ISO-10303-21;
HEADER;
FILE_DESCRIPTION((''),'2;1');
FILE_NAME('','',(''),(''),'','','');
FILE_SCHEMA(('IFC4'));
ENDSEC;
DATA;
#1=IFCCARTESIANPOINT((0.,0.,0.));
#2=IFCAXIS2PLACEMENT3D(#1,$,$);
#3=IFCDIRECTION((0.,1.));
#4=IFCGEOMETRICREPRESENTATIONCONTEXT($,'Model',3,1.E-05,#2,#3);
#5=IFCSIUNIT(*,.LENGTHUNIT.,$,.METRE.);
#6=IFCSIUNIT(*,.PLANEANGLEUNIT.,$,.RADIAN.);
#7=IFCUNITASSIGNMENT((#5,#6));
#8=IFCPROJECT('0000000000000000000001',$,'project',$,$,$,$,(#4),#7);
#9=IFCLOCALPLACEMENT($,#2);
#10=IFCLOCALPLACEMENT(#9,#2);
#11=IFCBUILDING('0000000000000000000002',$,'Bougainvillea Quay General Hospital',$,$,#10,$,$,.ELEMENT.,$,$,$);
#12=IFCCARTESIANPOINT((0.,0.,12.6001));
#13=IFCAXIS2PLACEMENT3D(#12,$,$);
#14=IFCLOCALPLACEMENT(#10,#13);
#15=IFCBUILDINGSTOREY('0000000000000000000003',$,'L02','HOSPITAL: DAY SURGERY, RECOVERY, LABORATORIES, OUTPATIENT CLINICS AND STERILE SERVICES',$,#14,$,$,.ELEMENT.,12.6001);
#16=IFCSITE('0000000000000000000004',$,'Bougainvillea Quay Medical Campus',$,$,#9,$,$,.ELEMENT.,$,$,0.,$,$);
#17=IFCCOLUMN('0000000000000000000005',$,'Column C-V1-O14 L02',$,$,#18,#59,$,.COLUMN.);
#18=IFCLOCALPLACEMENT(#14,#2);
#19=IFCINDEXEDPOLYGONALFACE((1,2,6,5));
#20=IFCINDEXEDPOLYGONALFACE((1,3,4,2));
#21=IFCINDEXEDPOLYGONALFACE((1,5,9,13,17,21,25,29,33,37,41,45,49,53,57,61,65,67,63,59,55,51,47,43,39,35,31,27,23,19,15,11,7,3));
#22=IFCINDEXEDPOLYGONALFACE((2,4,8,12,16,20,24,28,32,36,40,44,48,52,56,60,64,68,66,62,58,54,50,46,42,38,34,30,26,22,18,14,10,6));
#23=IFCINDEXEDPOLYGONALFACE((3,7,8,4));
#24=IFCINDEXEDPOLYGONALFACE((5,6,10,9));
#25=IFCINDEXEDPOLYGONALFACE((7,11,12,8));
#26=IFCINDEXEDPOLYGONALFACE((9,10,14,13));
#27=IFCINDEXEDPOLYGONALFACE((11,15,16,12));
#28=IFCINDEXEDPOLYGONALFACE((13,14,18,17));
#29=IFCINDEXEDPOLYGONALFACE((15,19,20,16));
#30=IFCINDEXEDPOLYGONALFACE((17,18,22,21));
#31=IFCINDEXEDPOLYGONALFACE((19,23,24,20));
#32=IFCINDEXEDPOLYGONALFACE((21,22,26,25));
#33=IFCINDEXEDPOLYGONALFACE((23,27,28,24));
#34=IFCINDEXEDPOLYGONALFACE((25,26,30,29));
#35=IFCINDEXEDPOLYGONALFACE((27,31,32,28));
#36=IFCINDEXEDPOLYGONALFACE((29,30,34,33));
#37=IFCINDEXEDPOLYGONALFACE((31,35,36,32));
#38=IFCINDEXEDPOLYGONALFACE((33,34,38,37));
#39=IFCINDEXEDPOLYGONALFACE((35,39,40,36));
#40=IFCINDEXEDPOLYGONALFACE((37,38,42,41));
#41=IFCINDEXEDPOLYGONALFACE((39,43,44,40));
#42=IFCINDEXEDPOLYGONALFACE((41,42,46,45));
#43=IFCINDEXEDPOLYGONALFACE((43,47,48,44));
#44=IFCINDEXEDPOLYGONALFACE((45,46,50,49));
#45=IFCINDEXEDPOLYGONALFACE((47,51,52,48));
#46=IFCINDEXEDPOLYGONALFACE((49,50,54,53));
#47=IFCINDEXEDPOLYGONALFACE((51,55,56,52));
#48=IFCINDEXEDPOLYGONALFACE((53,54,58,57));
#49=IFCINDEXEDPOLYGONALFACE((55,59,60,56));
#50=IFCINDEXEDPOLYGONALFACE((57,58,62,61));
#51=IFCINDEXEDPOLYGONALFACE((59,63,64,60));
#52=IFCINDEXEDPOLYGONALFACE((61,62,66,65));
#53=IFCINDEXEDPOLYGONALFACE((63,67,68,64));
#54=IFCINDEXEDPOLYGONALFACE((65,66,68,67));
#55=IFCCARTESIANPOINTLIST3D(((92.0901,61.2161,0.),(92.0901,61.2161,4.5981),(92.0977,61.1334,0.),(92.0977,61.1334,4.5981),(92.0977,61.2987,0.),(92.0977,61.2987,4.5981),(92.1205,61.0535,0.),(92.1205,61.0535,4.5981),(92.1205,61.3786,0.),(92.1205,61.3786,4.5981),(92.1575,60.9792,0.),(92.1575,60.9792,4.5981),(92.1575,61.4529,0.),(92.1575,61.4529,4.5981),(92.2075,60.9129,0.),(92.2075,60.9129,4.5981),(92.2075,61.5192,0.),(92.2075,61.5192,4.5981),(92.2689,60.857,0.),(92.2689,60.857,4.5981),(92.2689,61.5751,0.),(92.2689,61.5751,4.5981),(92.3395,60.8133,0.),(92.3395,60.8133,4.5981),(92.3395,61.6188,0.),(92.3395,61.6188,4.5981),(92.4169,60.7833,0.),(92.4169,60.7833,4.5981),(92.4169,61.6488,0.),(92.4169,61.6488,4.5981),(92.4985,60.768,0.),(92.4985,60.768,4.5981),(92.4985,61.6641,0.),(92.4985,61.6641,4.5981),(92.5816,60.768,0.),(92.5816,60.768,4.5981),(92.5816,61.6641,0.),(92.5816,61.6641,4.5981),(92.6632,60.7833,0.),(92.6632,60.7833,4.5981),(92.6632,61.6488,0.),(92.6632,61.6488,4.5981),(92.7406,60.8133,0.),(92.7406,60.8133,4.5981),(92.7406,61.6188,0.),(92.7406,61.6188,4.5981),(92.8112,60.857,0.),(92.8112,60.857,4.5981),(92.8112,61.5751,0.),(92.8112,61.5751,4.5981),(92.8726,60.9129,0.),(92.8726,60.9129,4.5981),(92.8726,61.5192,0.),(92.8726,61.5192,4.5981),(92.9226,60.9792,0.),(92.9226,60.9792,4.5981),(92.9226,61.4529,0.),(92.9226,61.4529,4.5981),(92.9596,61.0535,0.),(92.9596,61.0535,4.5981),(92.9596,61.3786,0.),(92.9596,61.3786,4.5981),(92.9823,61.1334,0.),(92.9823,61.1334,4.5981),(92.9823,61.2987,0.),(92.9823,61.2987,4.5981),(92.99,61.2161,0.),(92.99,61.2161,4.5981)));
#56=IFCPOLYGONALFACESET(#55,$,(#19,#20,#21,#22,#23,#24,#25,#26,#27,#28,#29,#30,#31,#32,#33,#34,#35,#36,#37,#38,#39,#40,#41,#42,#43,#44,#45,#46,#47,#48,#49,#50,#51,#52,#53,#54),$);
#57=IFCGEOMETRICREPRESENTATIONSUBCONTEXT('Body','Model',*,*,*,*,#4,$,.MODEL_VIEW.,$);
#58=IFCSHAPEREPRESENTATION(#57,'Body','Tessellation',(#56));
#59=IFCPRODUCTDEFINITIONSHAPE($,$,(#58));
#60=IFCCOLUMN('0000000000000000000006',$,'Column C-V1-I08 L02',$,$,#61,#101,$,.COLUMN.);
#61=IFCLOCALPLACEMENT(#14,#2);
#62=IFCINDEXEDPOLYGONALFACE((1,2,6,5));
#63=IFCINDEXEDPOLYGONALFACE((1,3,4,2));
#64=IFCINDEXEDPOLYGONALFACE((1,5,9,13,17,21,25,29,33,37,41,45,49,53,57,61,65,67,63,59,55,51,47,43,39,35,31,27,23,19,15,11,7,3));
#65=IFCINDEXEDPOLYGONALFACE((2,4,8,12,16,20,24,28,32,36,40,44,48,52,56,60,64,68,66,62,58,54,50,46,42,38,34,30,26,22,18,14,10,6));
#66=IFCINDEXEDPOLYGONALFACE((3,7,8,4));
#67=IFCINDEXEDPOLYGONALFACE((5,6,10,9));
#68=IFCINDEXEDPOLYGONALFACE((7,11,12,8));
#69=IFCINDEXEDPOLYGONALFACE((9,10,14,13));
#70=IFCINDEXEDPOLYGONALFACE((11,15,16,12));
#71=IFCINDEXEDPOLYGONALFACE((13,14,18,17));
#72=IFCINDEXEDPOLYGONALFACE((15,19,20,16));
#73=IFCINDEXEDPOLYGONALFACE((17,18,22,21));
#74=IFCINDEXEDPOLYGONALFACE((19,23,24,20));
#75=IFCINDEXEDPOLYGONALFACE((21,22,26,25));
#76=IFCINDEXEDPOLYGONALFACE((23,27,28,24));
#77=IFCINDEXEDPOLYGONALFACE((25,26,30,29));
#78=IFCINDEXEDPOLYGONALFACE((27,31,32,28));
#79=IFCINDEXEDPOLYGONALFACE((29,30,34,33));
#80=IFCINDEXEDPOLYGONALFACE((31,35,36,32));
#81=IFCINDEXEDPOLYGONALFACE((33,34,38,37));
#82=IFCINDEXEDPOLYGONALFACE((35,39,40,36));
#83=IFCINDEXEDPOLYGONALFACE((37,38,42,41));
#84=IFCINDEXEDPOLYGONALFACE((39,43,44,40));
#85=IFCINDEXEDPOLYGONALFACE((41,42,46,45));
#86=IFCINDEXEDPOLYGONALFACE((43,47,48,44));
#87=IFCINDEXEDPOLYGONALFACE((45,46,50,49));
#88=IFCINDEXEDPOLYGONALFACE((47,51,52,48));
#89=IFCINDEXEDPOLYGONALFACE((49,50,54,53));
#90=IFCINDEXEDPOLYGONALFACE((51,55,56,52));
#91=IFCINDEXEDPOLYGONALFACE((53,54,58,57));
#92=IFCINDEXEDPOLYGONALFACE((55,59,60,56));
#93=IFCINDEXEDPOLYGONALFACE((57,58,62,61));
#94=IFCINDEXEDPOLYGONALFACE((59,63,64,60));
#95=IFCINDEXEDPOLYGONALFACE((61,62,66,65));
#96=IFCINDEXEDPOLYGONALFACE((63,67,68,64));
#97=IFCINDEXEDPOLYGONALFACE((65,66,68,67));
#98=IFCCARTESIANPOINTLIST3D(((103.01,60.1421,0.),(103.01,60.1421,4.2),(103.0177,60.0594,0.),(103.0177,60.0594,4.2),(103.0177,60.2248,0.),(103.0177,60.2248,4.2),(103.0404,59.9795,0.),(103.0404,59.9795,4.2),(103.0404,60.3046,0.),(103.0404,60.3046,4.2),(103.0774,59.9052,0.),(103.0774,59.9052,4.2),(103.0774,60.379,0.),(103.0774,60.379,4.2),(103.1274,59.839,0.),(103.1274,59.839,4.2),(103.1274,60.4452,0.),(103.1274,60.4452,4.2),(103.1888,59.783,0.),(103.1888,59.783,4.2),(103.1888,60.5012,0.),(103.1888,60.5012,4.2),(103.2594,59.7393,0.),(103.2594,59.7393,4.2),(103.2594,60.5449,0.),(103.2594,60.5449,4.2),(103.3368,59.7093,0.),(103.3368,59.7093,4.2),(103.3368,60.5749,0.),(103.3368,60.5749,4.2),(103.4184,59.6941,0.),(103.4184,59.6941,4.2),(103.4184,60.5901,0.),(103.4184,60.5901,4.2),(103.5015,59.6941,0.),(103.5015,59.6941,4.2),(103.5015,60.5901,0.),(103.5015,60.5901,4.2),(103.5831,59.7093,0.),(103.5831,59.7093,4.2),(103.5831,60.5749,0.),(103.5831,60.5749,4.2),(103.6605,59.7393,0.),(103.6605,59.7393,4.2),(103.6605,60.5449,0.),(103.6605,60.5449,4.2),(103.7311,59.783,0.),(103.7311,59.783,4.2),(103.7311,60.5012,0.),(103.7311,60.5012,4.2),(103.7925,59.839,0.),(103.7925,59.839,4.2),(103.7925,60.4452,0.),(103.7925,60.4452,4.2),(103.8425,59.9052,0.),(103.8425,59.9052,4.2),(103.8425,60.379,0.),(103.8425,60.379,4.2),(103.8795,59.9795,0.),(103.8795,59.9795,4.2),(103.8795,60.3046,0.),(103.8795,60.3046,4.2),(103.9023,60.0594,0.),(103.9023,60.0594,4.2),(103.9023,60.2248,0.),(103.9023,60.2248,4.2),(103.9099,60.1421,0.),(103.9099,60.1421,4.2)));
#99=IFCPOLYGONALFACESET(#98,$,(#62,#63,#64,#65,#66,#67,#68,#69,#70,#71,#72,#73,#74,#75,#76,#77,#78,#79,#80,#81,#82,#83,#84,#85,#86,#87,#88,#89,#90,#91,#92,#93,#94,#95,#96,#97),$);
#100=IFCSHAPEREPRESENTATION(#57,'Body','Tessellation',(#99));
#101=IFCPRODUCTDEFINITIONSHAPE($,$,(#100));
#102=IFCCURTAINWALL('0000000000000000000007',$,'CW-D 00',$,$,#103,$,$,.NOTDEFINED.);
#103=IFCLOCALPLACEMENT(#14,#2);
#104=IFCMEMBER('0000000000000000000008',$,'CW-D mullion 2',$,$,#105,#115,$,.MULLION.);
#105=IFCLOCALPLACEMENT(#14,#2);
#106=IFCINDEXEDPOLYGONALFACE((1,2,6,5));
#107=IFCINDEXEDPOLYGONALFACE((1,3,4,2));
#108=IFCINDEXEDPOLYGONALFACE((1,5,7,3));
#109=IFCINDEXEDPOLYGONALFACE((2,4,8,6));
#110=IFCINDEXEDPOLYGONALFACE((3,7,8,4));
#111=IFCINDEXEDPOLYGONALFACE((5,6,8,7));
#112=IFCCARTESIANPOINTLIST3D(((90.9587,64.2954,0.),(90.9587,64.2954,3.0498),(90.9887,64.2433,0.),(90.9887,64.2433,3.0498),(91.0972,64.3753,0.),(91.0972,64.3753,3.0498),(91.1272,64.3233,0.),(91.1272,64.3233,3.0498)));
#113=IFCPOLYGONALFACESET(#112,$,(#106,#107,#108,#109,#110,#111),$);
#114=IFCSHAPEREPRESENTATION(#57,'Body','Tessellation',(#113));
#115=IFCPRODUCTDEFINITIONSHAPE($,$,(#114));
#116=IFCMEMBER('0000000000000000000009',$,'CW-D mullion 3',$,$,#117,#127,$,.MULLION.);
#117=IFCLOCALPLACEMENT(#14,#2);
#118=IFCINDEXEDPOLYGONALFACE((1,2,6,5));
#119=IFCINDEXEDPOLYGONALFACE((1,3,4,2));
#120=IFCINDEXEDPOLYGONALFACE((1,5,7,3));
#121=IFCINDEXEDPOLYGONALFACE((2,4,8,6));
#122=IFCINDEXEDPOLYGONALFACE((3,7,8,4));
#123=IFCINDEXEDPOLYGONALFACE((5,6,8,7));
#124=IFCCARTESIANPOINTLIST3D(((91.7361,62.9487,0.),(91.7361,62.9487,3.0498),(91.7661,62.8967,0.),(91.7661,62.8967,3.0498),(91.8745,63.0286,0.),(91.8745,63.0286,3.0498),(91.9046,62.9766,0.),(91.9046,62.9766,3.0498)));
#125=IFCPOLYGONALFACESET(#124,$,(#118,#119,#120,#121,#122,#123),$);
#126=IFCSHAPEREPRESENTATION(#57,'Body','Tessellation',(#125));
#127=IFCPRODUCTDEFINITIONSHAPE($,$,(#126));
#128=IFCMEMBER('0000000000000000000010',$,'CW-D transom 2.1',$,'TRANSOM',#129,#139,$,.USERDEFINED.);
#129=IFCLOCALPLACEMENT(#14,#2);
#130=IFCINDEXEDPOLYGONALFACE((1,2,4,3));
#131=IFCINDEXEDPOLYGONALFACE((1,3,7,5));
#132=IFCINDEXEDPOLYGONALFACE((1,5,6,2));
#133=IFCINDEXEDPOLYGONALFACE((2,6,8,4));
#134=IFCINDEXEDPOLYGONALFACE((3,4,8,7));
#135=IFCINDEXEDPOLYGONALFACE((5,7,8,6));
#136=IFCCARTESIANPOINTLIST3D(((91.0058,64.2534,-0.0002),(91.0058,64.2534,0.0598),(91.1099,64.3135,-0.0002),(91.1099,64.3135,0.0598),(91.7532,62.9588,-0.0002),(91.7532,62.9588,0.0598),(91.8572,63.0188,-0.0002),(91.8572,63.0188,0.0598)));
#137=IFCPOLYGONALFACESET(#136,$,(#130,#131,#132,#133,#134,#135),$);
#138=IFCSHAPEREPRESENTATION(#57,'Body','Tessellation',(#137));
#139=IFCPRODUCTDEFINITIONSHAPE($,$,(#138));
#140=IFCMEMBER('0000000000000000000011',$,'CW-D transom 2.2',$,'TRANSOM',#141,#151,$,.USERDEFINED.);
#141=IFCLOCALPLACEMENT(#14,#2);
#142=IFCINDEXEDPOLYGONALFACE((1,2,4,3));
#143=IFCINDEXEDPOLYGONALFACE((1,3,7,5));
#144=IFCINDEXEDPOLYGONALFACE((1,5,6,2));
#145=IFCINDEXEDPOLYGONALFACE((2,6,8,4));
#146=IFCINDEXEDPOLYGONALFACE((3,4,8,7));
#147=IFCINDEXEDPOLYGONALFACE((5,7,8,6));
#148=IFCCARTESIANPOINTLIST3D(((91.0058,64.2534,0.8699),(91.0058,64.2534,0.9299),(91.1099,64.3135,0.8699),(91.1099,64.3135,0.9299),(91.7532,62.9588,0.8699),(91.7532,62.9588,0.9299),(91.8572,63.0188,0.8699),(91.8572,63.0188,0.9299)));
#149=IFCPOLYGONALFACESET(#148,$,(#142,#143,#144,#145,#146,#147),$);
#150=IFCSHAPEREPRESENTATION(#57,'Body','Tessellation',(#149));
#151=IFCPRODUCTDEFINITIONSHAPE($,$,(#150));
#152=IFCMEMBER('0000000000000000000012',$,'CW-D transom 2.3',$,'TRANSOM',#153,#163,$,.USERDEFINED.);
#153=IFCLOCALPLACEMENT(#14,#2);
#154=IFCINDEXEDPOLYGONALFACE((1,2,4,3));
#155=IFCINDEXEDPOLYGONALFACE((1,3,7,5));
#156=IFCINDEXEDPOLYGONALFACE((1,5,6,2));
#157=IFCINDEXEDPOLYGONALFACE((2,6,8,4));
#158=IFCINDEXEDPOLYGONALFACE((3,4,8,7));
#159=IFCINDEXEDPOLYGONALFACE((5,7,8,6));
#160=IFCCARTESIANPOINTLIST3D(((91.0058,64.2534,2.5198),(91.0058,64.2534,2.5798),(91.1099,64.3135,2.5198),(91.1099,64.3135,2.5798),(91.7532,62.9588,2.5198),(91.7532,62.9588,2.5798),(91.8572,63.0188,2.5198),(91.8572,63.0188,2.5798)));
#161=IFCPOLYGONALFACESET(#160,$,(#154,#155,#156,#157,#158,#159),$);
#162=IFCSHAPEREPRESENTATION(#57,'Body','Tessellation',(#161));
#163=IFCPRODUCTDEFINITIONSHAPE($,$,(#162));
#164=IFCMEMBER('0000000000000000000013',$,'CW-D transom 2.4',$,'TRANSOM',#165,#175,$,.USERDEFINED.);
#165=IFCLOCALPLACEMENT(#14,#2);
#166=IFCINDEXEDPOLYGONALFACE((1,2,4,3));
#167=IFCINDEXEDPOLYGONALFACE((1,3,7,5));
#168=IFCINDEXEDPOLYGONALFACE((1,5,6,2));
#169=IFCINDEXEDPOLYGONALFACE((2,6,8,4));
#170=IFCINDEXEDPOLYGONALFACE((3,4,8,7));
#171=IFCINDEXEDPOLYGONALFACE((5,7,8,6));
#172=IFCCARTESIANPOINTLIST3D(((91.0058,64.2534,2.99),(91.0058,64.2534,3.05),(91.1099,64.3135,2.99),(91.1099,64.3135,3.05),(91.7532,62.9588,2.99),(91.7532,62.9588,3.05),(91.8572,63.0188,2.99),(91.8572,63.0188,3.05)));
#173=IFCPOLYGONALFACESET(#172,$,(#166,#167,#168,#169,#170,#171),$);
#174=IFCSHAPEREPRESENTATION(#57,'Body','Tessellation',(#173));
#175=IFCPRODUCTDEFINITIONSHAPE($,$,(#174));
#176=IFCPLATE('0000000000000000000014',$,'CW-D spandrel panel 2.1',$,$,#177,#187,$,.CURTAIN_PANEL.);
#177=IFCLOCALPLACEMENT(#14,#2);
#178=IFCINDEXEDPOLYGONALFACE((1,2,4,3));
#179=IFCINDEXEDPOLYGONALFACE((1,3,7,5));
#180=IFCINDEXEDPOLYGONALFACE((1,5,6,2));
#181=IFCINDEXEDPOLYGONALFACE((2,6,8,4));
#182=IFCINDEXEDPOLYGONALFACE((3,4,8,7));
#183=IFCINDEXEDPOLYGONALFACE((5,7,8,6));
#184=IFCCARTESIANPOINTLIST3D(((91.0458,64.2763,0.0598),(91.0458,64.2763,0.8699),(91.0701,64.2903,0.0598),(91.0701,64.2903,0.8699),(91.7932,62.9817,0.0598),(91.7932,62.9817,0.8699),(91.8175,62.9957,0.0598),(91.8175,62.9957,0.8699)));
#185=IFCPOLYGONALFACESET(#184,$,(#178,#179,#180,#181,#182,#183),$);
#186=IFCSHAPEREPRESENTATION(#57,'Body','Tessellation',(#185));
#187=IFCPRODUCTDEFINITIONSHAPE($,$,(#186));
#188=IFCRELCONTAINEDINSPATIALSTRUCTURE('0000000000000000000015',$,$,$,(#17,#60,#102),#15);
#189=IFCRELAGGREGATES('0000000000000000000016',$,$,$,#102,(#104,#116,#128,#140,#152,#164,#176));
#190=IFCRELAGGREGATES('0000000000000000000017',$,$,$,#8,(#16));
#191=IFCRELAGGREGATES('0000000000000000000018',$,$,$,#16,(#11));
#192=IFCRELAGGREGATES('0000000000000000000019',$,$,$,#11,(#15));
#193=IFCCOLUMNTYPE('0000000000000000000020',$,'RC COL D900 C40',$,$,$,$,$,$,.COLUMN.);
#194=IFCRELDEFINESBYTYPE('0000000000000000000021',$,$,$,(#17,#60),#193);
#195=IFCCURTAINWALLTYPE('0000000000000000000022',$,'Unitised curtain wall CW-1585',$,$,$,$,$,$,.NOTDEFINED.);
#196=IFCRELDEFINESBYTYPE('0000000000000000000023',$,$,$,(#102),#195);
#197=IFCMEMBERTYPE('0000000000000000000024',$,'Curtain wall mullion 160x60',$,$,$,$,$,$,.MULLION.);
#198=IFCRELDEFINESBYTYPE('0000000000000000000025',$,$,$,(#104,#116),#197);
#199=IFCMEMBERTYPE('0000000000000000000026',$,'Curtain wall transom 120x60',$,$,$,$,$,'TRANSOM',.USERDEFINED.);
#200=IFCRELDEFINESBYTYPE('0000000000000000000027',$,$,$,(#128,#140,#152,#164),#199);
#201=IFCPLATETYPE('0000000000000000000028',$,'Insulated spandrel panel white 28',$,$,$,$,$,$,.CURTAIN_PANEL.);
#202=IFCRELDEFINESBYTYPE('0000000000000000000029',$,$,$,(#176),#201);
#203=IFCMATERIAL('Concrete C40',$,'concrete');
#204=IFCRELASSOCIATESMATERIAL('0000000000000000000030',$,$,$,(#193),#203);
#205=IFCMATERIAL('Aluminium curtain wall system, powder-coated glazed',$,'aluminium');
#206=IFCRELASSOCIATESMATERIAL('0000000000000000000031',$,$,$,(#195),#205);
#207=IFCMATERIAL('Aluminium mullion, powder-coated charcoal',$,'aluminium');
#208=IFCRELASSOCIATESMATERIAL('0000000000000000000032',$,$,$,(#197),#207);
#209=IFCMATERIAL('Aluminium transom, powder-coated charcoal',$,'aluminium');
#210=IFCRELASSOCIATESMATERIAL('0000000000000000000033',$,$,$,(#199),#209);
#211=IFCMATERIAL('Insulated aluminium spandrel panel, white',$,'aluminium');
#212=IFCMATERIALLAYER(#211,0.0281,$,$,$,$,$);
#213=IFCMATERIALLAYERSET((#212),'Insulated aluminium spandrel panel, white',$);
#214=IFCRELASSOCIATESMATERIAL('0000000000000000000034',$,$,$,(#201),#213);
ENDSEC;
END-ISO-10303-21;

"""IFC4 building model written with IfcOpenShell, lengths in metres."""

from ifc_helpers import new_model, si_unit, direction, frame, origin, origin_2d, place, context, subcontext, project, spatial, rectangle, circle, extrude, material, layer, layer_set, material_profile, profile_set, type_object, element, aggregate, save


model = new_model("IFC4")

# Units and contexts
model_context = context("Model", 3, precision=1e-05, world=origin(), true_north=direction((0.0, 1.0)))
body_context = subcontext(model_context, "Body", "Model", "MODEL_VIEW")
ifc_project = project(units=[si_unit("LENGTHUNIT", "METRE"), si_unit("PLANEANGLEUNIT", "RADIAN")], contexts=[model_context])

# Site, building, storey
site_placement = place(None, origin())
site = spatial("IfcSite", under=ifc_project, at=site_placement, Name="Bougainvillea Quay Medical Campus", CompositionType="ELEMENT", RefElevation=0.0)
building_placement = place(site_placement, origin())
building = spatial("IfcBuilding", under=site, at=building_placement, Name="Bougainvillea Quay General Hospital", CompositionType="ELEMENT")
storey_placement = place(building_placement, frame((0.0, 0.0, 12.6001)))
storey = spatial("IfcBuildingStorey", under=building, at=storey_placement, Name="L02", Description="HOSPITAL: DAY SURGERY, RECOVERY, LABORATORIES, OUTPATIENT CLINICS AND STERILE SERVICES", CompositionType="ELEMENT", Elevation=12.6001)

# Columns
ifc_material_1 = material(Name="Concrete C40", Category="concrete")
ifc_material_profile_1 = material_profile(ifc_material_1, circle(Radius=0.45, at=origin_2d()))
ifc_profile_set_1 = profile_set([ifc_material_profile_1], Name="Concrete C40")
column_type = type_object("IfcColumnType", Name="RC COL D900 C40", PredefinedType="COLUMN", material=ifc_profile_set_1)
column_1_placement = place(storey_placement, frame((92.54, 61.2161, 0.0), z_axis=(0.0, 0.0, 1.0), x_axis=(1.0, 0.0, 0.0)))
element("IfcColumn", 1, at=column_1_placement, inside=storey, type_object=column_type, Name="Column C-V1-O14 L02", PredefinedType="COLUMN", context=body_context, shape_type="SweptSolid", body=[
    extrude(circle(Radius=0.45, at=origin_2d()), origin(), (0.0, 0.0, 1.0), 4.5981),
])
column_2_placement = place(storey_placement, frame((103.46, 60.1421, 0.0), z_axis=(0.0, 0.0, 1.0), x_axis=(1.0, 0.0, 0.0)))
element("IfcColumn", 2, at=column_2_placement, inside=storey, type_object=column_type, Name="Column C-V1-I08 L02", PredefinedType="COLUMN", context=body_context, shape_type="SweptSolid", body=[
    extrude(circle(Radius=0.45, at=origin_2d()), origin(), (0.0, 0.0, 1.0), 4.2),
])

# Curtain wall, members, plate
ifc_material_2 = material(Name="Aluminium curtain wall system, powder-coated glazed", Category="aluminium")
curtain_wall_type = type_object("IfcCurtainWallType", Name="Unitised curtain wall CW-1585", PredefinedType="NOTDEFINED", material=ifc_material_2)
curtain_wall_placement = place(storey_placement, origin())
curtain_wall = element("IfcCurtainWall", 3, at=curtain_wall_placement, inside=storey, type_object=curtain_wall_type, Name="CW-D 00", PredefinedType="NOTDEFINED")
ifc_material_3 = material(Name="Aluminium mullion, powder-coated charcoal", Category="aluminium")
ifc_material_profile_2 = material_profile(ifc_material_3, rectangle(XDim=0.1599, YDim=0.0601, at=origin_2d()))
ifc_profile_set_2 = profile_set([ifc_material_profile_2], Name="Aluminium mullion, powder-coated charcoal")
member_type_1 = type_object("IfcMemberType", Name="Curtain wall mullion 160x60", PredefinedType="MULLION", material=ifc_profile_set_2)
member_1_placement = place(storey_placement, frame((91.043, 64.3093, 0.0), z_axis=(0.0, 0.0, 1.0), x_axis=(0.866046, 0.499965, 0.0)))
member_1 = element("IfcMember", 4, at=member_1_placement, type_object=member_type_1, Name="CW-D mullion 2", PredefinedType="MULLION", context=body_context, shape_type="SweptSolid", body=[
    extrude(rectangle(XDim=0.1599, YDim=0.0601, at=origin_2d()), origin(), (0.0, 0.0, 1.0), 3.0498),
])
member_2_placement = place(storey_placement, frame((91.8203, 62.9626, 0.0), z_axis=(0.0, 0.0, 1.0), x_axis=(0.866046, 0.499965, 0.0)))
member_2 = element("IfcMember", 5, at=member_2_placement, type_object=member_type_1, Name="CW-D mullion 3", PredefinedType="MULLION", context=body_context, shape_type="SweptSolid", body=[
    extrude(rectangle(XDim=0.1599, YDim=0.0601, at=origin_2d()), origin(), (0.0, 0.0, 1.0), 3.0498),
])
ifc_material_4 = material(Name="Aluminium transom, powder-coated charcoal", Category="aluminium")
ifc_material_profile_3 = material_profile(ifc_material_4, rectangle(XDim=0.1201, YDim=0.0601, at=origin_2d()))
ifc_profile_set_3 = profile_set([ifc_material_profile_3], Name="Aluminium transom, powder-coated charcoal")
member_type_2 = type_object("IfcMemberType", Name="Curtain wall transom 120x60", ElementType="TRANSOM", PredefinedType="USERDEFINED", material=ifc_profile_set_3)
member_3_placement = place(storey_placement, frame((91.0579, 64.2834, 0.0298), z_axis=(0.499916, -0.866074, 0.0), x_axis=(0.866074, 0.499916, 0.0)))
member_3 = element("IfcMember", 6, at=member_3_placement, type_object=member_type_2, Name="CW-D transom 2.1", ObjectType="TRANSOM", PredefinedType="USERDEFINED", context=body_context, shape_type="SweptSolid", body=[
    extrude(rectangle(XDim=0.1201, YDim=0.0601, at=origin_2d()), origin(), (0.0, 0.0, 1.0), 1.4949),
])
member_4_placement = place(storey_placement, frame((91.0579, 64.2834, 0.8999), z_axis=(0.499916, -0.866074, 0.0), x_axis=(0.866074, 0.499916, 0.0)))
member_4 = element("IfcMember", 7, at=member_4_placement, type_object=member_type_2, Name="CW-D transom 2.2", ObjectType="TRANSOM", PredefinedType="USERDEFINED", context=body_context, shape_type="SweptSolid", body=[
    extrude(rectangle(XDim=0.1201, YDim=0.0601, at=origin_2d()), origin(), (0.0, 0.0, 1.0), 1.4949),
])
member_5_placement = place(storey_placement, frame((91.0579, 64.2834, 2.5498), z_axis=(0.499916, -0.866074, 0.0), x_axis=(0.866074, 0.499916, 0.0)))
member_5 = element("IfcMember", 8, at=member_5_placement, type_object=member_type_2, Name="CW-D transom 2.3", ObjectType="TRANSOM", PredefinedType="USERDEFINED", context=body_context, shape_type="SweptSolid", body=[
    extrude(rectangle(XDim=0.1201, YDim=0.0601, at=origin_2d()), origin(), (0.0, 0.0, 1.0), 1.4949),
])
member_6_placement = place(storey_placement, frame((91.0579, 64.2834, 3.02), z_axis=(0.499916, -0.866074, 0.0), x_axis=(0.866074, 0.499916, 0.0)))
member_6 = element("IfcMember", 9, at=member_6_placement, type_object=member_type_2, Name="CW-D transom 2.4", ObjectType="TRANSOM", PredefinedType="USERDEFINED", context=body_context, shape_type="SweptSolid", body=[
    extrude(rectangle(XDim=0.1201, YDim=0.0601, at=origin_2d()), origin(), (0.0, 0.0, 1.0), 1.4949),
])
ifc_material_5 = material(Name="Insulated aluminium spandrel panel, white", Category="aluminium")
ifc_layer_1 = layer(ifc_material_5, 0.0281)
ifc_layer_set_1 = layer_set([ifc_layer_1], Name="Insulated aluminium spandrel panel, white")
plate_type_1 = type_object("IfcPlateType", Name="Insulated spandrel panel white 28", PredefinedType="CURTAIN_PANEL", material=ifc_layer_set_1)
plate_1_placement = place(storey_placement, frame((91.4316, 63.636, 0.0598), z_axis=(0.0, 0.0, 1.0), x_axis=(0.499965, -0.866046, 0.0)))
plate_1 = element("IfcPlate", 10, at=plate_1_placement, type_object=plate_type_1, Name="CW-D spandrel panel 2.1", PredefinedType="CURTAIN_PANEL", context=body_context, shape_type="SweptSolid", body=[
    extrude(rectangle(XDim=1.4949, YDim=0.0281, at=origin_2d()), origin(), (0.0, 0.0, 1.0), 0.8101),
])
aggregate(curtain_wall, [member_1, member_2, member_3, member_4, member_5, member_6, plate_1])

save(model, "model.ifc")
